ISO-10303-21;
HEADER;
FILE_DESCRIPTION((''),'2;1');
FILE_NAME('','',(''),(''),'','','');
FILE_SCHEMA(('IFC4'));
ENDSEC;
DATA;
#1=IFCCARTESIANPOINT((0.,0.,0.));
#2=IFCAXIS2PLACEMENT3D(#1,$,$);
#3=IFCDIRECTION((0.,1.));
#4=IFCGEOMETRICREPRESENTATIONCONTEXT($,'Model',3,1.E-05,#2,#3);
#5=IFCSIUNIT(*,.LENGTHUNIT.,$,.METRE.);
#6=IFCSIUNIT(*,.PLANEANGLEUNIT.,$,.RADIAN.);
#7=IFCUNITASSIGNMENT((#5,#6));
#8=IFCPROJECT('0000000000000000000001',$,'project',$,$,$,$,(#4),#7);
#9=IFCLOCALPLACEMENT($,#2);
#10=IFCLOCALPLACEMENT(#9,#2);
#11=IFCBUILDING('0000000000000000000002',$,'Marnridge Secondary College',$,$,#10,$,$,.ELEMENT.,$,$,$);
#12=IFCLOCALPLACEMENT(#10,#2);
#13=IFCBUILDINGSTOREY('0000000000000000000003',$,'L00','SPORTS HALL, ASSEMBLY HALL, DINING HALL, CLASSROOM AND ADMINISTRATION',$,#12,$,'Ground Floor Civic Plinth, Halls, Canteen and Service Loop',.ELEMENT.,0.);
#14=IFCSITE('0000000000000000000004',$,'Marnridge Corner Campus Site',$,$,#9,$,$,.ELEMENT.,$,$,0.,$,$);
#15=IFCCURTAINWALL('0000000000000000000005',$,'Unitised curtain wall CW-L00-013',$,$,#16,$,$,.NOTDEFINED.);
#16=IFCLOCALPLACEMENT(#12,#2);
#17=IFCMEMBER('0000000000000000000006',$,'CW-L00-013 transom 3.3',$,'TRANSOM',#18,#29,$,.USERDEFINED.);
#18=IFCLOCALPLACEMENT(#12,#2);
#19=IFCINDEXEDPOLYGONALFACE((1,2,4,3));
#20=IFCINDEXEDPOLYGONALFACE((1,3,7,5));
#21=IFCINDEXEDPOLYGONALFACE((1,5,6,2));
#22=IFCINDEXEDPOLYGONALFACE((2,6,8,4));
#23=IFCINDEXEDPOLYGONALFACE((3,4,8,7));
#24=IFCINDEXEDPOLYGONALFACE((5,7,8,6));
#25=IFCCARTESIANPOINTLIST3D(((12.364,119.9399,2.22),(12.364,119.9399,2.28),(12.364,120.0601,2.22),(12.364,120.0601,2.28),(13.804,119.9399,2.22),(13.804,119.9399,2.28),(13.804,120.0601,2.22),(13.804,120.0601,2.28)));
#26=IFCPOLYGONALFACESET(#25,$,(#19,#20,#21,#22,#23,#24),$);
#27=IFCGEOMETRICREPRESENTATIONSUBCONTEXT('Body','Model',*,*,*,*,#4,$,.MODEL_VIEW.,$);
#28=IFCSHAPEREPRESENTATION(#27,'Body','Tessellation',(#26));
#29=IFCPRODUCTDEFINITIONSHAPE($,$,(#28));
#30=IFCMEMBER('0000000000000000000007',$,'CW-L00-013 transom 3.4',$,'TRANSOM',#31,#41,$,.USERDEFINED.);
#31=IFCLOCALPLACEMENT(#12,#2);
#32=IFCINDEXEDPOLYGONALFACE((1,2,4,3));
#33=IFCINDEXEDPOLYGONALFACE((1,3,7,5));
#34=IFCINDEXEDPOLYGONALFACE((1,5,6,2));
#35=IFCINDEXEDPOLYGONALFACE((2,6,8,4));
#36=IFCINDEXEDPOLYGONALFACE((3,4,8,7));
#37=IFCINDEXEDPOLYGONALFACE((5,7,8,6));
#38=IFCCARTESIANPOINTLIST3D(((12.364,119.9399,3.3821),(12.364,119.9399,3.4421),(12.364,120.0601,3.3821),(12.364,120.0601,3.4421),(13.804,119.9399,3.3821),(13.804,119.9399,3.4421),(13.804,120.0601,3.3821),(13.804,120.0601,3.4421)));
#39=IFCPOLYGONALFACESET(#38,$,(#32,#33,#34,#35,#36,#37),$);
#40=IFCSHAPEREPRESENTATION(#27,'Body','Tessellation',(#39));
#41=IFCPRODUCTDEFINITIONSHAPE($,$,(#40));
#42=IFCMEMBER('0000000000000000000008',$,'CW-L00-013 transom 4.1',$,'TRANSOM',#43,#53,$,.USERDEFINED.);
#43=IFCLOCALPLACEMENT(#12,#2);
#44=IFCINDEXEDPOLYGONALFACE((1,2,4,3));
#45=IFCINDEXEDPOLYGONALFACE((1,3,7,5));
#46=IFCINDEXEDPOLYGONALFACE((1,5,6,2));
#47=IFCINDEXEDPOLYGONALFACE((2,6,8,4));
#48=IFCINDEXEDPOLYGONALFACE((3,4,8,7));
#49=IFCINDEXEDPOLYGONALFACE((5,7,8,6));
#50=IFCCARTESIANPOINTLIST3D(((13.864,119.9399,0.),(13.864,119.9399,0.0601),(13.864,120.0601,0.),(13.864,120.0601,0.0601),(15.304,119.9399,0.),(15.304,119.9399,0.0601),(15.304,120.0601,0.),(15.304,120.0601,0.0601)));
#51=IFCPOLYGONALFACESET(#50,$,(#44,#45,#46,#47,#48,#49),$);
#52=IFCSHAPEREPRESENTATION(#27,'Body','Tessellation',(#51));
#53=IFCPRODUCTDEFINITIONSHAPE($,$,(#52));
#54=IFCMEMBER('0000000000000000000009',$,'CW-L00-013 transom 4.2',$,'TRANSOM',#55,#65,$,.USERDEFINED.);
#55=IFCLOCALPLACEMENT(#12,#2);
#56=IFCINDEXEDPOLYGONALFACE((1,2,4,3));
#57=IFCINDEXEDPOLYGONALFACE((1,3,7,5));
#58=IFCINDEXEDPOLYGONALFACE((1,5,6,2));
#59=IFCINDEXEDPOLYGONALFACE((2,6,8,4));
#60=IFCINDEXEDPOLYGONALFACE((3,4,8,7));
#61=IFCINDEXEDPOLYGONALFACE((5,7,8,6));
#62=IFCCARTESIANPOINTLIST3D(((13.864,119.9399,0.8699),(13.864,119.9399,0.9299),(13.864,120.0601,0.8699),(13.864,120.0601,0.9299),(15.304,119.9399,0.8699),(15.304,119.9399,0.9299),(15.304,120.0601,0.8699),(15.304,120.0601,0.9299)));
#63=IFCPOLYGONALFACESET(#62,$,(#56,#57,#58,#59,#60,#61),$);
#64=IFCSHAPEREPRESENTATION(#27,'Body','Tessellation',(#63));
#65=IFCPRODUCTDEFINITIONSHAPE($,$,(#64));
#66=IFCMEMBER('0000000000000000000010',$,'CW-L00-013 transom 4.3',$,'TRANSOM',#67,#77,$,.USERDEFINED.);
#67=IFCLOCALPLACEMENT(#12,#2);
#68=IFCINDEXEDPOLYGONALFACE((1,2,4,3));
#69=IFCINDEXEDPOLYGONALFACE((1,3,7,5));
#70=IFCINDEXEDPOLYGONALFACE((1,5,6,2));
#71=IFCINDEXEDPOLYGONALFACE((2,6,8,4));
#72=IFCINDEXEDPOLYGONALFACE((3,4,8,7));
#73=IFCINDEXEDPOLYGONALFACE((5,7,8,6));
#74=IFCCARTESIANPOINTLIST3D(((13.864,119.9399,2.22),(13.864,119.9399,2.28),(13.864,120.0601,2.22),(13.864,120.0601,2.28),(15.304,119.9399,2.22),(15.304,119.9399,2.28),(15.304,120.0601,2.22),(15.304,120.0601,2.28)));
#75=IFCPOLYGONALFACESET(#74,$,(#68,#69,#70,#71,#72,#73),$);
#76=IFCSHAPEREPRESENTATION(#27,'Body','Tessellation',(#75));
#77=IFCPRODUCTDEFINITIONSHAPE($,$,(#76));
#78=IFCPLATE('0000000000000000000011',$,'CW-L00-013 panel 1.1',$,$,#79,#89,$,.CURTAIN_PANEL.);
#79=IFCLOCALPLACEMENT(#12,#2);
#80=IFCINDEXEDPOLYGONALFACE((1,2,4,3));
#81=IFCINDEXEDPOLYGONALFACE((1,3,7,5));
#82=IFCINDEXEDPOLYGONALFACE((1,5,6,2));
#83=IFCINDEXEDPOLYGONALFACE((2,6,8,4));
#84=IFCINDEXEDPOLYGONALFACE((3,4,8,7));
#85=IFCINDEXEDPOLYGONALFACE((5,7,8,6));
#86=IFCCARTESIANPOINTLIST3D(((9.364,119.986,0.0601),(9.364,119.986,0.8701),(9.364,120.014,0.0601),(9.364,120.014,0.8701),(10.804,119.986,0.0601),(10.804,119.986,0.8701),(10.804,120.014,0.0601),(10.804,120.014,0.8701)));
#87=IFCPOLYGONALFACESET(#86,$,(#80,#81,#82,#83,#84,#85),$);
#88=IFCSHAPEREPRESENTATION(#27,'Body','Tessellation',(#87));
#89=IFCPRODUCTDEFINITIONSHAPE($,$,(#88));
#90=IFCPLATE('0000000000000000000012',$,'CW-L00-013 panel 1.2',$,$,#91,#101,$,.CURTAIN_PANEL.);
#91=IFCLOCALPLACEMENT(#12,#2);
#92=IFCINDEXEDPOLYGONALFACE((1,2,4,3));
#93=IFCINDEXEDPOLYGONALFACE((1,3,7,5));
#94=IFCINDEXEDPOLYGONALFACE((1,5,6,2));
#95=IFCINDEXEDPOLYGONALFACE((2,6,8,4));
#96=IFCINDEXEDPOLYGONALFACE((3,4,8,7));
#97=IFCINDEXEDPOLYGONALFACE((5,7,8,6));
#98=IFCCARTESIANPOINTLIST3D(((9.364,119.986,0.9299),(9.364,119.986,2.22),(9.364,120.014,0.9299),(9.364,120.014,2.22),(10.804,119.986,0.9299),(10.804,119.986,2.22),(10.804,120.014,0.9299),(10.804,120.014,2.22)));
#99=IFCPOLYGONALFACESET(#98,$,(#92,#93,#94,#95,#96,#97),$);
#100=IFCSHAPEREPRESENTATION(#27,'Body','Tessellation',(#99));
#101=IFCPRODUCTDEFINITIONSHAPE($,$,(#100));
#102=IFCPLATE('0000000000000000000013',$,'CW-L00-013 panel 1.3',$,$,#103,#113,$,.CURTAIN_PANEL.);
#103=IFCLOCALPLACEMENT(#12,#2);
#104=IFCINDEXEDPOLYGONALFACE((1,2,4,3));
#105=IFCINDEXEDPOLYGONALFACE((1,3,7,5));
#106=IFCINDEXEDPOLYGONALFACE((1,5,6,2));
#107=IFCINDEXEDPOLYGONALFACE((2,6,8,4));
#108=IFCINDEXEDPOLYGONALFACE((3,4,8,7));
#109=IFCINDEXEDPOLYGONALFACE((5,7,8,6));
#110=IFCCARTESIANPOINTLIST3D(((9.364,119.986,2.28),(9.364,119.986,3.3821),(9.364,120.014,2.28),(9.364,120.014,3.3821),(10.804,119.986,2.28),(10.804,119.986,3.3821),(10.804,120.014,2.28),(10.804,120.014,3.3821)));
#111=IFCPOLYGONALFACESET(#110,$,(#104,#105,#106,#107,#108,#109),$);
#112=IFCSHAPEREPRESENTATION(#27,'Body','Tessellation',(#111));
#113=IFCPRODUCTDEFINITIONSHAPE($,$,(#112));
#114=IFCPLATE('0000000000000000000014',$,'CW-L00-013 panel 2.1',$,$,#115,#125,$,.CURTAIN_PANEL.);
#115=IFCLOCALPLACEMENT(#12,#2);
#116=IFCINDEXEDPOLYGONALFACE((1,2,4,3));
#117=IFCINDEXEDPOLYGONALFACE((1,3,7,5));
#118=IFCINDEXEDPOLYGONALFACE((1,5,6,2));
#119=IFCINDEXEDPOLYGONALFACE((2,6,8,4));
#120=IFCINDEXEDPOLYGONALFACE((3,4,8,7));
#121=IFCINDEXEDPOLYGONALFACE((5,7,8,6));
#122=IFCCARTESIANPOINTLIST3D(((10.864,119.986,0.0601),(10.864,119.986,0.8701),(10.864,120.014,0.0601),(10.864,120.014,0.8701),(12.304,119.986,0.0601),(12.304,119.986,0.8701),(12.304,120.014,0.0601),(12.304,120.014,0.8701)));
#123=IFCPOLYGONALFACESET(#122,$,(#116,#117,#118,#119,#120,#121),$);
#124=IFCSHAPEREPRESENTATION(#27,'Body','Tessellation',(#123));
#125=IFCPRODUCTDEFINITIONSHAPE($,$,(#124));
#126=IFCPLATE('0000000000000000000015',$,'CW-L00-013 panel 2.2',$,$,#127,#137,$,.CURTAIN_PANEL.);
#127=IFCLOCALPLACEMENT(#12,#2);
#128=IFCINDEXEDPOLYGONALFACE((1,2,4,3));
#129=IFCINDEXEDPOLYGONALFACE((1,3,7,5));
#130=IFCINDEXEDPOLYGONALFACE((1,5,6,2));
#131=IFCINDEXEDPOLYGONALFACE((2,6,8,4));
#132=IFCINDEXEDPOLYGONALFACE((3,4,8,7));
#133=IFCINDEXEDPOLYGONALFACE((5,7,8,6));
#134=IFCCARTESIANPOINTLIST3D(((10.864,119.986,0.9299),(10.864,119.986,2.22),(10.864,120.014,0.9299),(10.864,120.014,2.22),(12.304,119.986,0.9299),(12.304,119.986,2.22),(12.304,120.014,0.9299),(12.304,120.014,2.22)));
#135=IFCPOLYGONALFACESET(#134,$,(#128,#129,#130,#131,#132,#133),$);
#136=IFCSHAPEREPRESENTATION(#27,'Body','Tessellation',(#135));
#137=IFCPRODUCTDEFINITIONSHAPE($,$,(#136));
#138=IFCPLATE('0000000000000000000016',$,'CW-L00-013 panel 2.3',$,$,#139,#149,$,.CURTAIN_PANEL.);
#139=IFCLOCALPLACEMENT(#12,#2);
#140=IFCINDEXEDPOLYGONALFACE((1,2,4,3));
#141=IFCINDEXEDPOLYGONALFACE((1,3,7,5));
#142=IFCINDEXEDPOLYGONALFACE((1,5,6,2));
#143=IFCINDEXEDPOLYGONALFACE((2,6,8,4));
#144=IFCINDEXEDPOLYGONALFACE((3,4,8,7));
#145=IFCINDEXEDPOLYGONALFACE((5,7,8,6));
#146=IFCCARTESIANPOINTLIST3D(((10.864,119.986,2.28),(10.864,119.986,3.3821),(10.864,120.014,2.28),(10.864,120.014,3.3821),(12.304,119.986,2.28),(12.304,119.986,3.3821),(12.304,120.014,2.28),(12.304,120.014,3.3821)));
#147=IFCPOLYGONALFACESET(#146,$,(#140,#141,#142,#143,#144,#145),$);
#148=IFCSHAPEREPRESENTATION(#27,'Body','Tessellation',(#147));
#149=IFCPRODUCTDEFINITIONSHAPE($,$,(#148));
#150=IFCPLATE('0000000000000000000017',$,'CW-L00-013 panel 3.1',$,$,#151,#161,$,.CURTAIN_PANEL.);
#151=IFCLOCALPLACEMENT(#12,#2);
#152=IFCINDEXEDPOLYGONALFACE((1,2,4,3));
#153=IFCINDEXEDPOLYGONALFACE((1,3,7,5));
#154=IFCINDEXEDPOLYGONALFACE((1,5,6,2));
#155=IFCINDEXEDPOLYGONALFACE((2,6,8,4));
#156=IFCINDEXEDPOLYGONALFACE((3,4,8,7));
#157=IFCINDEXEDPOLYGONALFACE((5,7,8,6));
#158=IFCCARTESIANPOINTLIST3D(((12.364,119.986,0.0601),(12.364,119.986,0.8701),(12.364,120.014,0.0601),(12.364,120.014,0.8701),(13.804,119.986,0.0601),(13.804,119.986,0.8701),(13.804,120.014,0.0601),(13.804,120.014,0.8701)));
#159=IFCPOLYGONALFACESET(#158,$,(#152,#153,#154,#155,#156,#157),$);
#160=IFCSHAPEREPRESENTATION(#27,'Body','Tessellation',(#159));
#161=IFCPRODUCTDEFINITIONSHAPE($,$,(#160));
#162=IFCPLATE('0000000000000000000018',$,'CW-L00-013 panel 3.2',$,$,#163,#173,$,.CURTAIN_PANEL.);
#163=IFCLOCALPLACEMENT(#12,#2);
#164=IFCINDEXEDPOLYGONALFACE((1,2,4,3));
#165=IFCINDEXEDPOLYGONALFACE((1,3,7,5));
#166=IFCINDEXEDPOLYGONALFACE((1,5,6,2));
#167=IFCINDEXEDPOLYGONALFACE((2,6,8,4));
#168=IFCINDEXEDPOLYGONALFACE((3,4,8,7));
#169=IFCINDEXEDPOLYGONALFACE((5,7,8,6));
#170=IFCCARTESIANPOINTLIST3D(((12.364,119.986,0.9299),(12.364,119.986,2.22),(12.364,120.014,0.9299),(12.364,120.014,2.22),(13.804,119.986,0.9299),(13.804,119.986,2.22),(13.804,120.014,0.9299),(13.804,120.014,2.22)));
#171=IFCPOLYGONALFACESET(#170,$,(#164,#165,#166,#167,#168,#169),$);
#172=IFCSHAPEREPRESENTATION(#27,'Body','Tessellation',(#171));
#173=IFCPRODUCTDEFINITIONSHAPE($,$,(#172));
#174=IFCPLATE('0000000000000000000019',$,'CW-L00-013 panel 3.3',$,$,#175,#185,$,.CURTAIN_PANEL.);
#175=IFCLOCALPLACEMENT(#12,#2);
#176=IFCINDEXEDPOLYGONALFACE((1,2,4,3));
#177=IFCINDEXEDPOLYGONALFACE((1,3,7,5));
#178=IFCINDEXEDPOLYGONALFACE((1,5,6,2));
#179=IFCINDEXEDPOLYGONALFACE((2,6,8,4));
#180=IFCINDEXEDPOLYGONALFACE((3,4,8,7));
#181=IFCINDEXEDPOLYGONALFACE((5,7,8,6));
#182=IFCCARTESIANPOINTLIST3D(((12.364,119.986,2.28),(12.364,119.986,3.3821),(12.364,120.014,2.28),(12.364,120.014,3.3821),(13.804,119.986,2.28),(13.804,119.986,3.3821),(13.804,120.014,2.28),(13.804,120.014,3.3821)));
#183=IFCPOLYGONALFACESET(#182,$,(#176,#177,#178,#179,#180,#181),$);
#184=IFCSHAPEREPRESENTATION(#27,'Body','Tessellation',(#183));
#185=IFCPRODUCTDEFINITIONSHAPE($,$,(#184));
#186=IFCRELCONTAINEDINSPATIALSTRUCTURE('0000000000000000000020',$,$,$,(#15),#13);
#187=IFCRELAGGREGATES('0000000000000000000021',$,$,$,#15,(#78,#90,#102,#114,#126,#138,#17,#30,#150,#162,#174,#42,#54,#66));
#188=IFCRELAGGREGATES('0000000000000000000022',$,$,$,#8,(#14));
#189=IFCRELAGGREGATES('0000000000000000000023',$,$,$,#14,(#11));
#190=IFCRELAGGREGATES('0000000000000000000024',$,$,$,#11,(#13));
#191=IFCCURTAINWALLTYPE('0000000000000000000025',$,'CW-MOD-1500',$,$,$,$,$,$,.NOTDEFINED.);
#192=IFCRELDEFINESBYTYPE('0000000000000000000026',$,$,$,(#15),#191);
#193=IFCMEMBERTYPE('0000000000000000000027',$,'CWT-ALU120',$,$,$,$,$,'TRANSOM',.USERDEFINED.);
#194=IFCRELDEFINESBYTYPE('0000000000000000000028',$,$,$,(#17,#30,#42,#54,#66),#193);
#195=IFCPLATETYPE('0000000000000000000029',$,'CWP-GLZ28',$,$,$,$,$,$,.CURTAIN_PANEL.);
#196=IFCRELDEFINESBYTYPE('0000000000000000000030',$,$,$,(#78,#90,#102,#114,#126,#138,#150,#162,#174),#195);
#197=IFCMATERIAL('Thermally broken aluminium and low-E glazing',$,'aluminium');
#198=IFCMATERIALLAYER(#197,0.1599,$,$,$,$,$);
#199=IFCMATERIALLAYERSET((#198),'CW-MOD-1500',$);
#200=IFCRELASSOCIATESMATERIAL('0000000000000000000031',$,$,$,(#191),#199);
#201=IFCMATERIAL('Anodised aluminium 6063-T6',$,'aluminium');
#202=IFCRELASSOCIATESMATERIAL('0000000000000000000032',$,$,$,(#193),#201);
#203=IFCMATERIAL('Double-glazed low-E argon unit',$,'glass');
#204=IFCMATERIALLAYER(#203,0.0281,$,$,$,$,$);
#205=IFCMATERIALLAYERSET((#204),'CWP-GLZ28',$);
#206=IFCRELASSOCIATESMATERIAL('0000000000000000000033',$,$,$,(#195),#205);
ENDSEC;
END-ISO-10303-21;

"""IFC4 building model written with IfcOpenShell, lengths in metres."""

from ifc_helpers import new_model, si_unit, direction, frame, origin, origin_2d, place, context, subcontext, project, spatial, rectangle, extrude, material, layer, layer_set, material_profile, profile_set, type_object, element, aggregate, save


model = new_model("IFC4")

# Units and contexts
model_context = context("Model", 3, precision=1e-05, world=origin(), true_north=direction((0.0, 1.0)))
body_context = subcontext(model_context, "Body", "Model", "MODEL_VIEW")
ifc_project = project(units=[si_unit("LENGTHUNIT", "METRE"), si_unit("PLANEANGLEUNIT", "RADIAN")], contexts=[model_context])

# Site, building, storey
site_placement = place(None, origin())
site = spatial("IfcSite", under=ifc_project, at=site_placement, Name="Marnridge Corner Campus Site", CompositionType="ELEMENT", RefElevation=0.0)
building_placement = place(site_placement, origin())
building = spatial("IfcBuilding", under=site, at=building_placement, Name="Marnridge Secondary College", CompositionType="ELEMENT")
storey_placement = place(building_placement, origin())
storey = spatial("IfcBuildingStorey", under=building, at=storey_placement, Name="L00", Description="SPORTS HALL, ASSEMBLY HALL, DINING HALL, CLASSROOM AND ADMINISTRATION", LongName="Ground Floor Civic Plinth, Halls, Canteen and Service Loop", CompositionType="ELEMENT", Elevation=0.0)

# Curtain wall, members, plates
ifc_material_1 = material(Name="Thermally broken aluminium and low-E glazing", Category="aluminium")
ifc_layer_1 = layer(ifc_material_1, 0.1599)
ifc_layer_set_1 = layer_set([ifc_layer_1], Name="CW-MOD-1500")
curtain_wall_type = type_object("IfcCurtainWallType", Name="CW-MOD-1500", PredefinedType="NOTDEFINED", material=ifc_layer_set_1)
curtain_wall_placement = place(storey_placement, origin())
curtain_wall = element("IfcCurtainWall", 1, at=curtain_wall_placement, inside=storey, type_object=curtain_wall_type, Name="Unitised curtain wall CW-L00-013", PredefinedType="NOTDEFINED")
ifc_material_2 = material(Name="Anodised aluminium 6063-T6", Category="aluminium")
ifc_material_profile_1 = material_profile(ifc_material_2, rectangle(XDim=0.0601, YDim=0.1201, at=origin_2d()), Name="ALU 60x120")
ifc_profile_set_1 = profile_set([ifc_material_profile_1], Name="Anodised aluminium 6063-T6")
member_type_1 = type_object("IfcMemberType", Name="CWT-ALU120", ElementType="TRANSOM", PredefinedType="USERDEFINED", material=ifc_profile_set_1)
member_1_placement = place(storey_placement, frame((12.364, 120.0, 2.25), z_axis=(1.0, 0.0, 0.0), x_axis=(0.0, 0.0, 1.0)))
member_1 = element("IfcMember", 2, at=member_1_placement, type_object=member_type_1, Name="CW-L00-013 transom 3.3", ObjectType="TRANSOM", PredefinedType="USERDEFINED", context=body_context, shape_type="SweptSolid", body=[
    extrude(rectangle(XDim=0.0601, YDim=0.1201, at=origin_2d()), origin(), (0.0, 0.0, 1.0), 1.4399),
])
member_2_placement = place(storey_placement, frame((12.364, 120.0, 3.4121), z_axis=(1.0, 0.0, 0.0), x_axis=(0.0, 0.0, 1.0)))
member_2 = element("IfcMember", 3, at=member_2_placement, type_object=member_type_1, Name="CW-L00-013 transom 3.4", ObjectType="TRANSOM", PredefinedType="USERDEFINED", context=body_context, shape_type="SweptSolid", body=[
    extrude(rectangle(XDim=0.0601, YDim=0.1201, at=origin_2d()), origin(), (0.0, 0.0, 1.0), 1.4399),
])
member_3_placement = place(storey_placement, frame((13.864, 120.0, 0.03), z_axis=(1.0, 0.0, 0.0), x_axis=(0.0, 0.0, 1.0)))
member_3 = element("IfcMember", 4, at=member_3_placement, type_object=member_type_1, Name="CW-L00-013 transom 4.1", ObjectType="TRANSOM", PredefinedType="USERDEFINED", context=body_context, shape_type="SweptSolid", body=[
    extrude(rectangle(XDim=0.0601, YDim=0.1201, at=origin_2d()), origin(), (0.0, 0.0, 1.0), 1.4399),
])
member_4_placement = place(storey_placement, frame((13.864, 120.0, 0.8999), z_axis=(1.0, 0.0, 0.0), x_axis=(0.0, 0.0, 1.0)))
member_4 = element("IfcMember", 5, at=member_4_placement, type_object=member_type_1, Name="CW-L00-013 transom 4.2", ObjectType="TRANSOM", PredefinedType="USERDEFINED", context=body_context, shape_type="SweptSolid", body=[
    extrude(rectangle(XDim=0.0601, YDim=0.1201, at=origin_2d()), origin(), (0.0, 0.0, 1.0), 1.4399),
])
member_5_placement = place(storey_placement, frame((13.864, 120.0, 2.25), z_axis=(1.0, 0.0, 0.0), x_axis=(0.0, 0.0, 1.0)))
member_5 = element("IfcMember", 6, at=member_5_placement, type_object=member_type_1, Name="CW-L00-013 transom 4.3", ObjectType="TRANSOM", PredefinedType="USERDEFINED", context=body_context, shape_type="SweptSolid", body=[
    extrude(rectangle(XDim=0.0601, YDim=0.1201, at=origin_2d()), origin(), (0.0, 0.0, 1.0), 1.4399),
])
ifc_material_3 = material(Name="Double-glazed low-E argon unit", Category="glass")
ifc_layer_2 = layer(ifc_material_3, 0.0281)
ifc_layer_set_2 = layer_set([ifc_layer_2], Name="CWP-GLZ28")
plate_type = type_object("IfcPlateType", Name="CWP-GLZ28", PredefinedType="CURTAIN_PANEL", material=ifc_layer_set_2)
plate_1_placement = place(storey_placement, frame((10.084, 120.0, 0.0601), z_axis=(0.0, 0.0, 1.0), x_axis=(1.0, 0.0, 0.0)))
plate_1 = element("IfcPlate", 7, at=plate_1_placement, type_object=plate_type, Name="CW-L00-013 panel 1.1", PredefinedType="CURTAIN_PANEL", context=body_context, shape_type="SweptSolid", body=[
    extrude(rectangle(XDim=1.4399, YDim=0.0281, at=origin_2d()), origin(), (0.0, 0.0, 1.0), 0.8101),
])
plate_2_placement = place(storey_placement, frame((10.084, 120.0, 0.9299), z_axis=(0.0, 0.0, 1.0), x_axis=(1.0, 0.0, 0.0)))
plate_2 = element("IfcPlate", 8, at=plate_2_placement, type_object=plate_type, Name="CW-L00-013 panel 1.2", PredefinedType="CURTAIN_PANEL", context=body_context, shape_type="SweptSolid", body=[
    extrude(rectangle(XDim=1.4399, YDim=0.0281, at=origin_2d()), origin(), (0.0, 0.0, 1.0), 1.29),
])
plate_3_placement = place(storey_placement, frame((10.084, 120.0, 2.28), z_axis=(0.0, 0.0, 1.0), x_axis=(1.0, 0.0, 0.0)))
plate_3 = element("IfcPlate", 9, at=plate_3_placement, type_object=plate_type, Name="CW-L00-013 panel 1.3", PredefinedType="CURTAIN_PANEL", context=body_context, shape_type="SweptSolid", body=[
    extrude(rectangle(XDim=1.4399, YDim=0.0281, at=origin_2d()), origin(), (0.0, 0.0, 1.0), 1.1021),
])
plate_4_placement = place(storey_placement, frame((11.584, 120.0, 0.0601), z_axis=(0.0, 0.0, 1.0), x_axis=(1.0, 0.0, 0.0)))
plate_4 = element("IfcPlate", 10, at=plate_4_placement, type_object=plate_type, Name="CW-L00-013 panel 2.1", PredefinedType="CURTAIN_PANEL", context=body_context, shape_type="SweptSolid", body=[
    extrude(rectangle(XDim=1.4399, YDim=0.0281, at=origin_2d()), origin(), (0.0, 0.0, 1.0), 0.8101),
])
plate_5_placement = place(storey_placement, frame((11.584, 120.0, 0.9299), z_axis=(0.0, 0.0, 1.0), x_axis=(1.0, 0.0, 0.0)))
plate_5 = element("IfcPlate", 11, at=plate_5_placement, type_object=plate_type, Name="CW-L00-013 panel 2.2", PredefinedType="CURTAIN_PANEL", context=body_context, shape_type="SweptSolid", body=[
    extrude(rectangle(XDim=1.4399, YDim=0.0281, at=origin_2d()), origin(), (0.0, 0.0, 1.0), 1.29),
])
plate_6_placement = place(storey_placement, frame((11.584, 120.0, 2.28), z_axis=(0.0, 0.0, 1.0), x_axis=(1.0, 0.0, 0.0)))
plate_6 = element("IfcPlate", 12, at=plate_6_placement, type_object=plate_type, Name="CW-L00-013 panel 2.3", PredefinedType="CURTAIN_PANEL", context=body_context, shape_type="SweptSolid", body=[
    extrude(rectangle(XDim=1.4399, YDim=0.0281, at=origin_2d()), origin(), (0.0, 0.0, 1.0), 1.1021),
])
plate_7_placement = place(storey_placement, frame((13.084, 120.0, 0.0601), z_axis=(0.0, 0.0, 1.0), x_axis=(1.0, 0.0, 0.0)))
plate_7 = element("IfcPlate", 13, at=plate_7_placement, type_object=plate_type, Name="CW-L00-013 panel 3.1", PredefinedType="CURTAIN_PANEL", context=body_context, shape_type="SweptSolid", body=[
    extrude(rectangle(XDim=1.4399, YDim=0.0281, at=origin_2d()), origin(), (0.0, 0.0, 1.0), 0.8101),
])
plate_8_placement = place(storey_placement, frame((13.084, 120.0, 0.9299), z_axis=(0.0, 0.0, 1.0), x_axis=(1.0, 0.0, 0.0)))
plate_8 = element("IfcPlate", 14, at=plate_8_placement, type_object=plate_type, Name="CW-L00-013 panel 3.2", PredefinedType="CURTAIN_PANEL", context=body_context, shape_type="SweptSolid", body=[
    extrude(rectangle(XDim=1.4399, YDim=0.0281, at=origin_2d()), origin(), (0.0, 0.0, 1.0), 1.29),
])
plate_9_placement = place(storey_placement, frame((13.084, 120.0, 2.28), z_axis=(0.0, 0.0, 1.0), x_axis=(1.0, 0.0, 0.0)))
plate_9 = element("IfcPlate", 15, at=plate_9_placement, type_object=plate_type, Name="CW-L00-013 panel 3.3", PredefinedType="CURTAIN_PANEL", context=body_context, shape_type="SweptSolid", body=[
    extrude(rectangle(XDim=1.4399, YDim=0.0281, at=origin_2d()), origin(), (0.0, 0.0, 1.0), 1.1021),
])
aggregate(curtain_wall, [plate_1, plate_2, plate_3, plate_4, plate_5, plate_6, member_1, member_2, plate_7, plate_8, plate_9, member_3, member_4, member_5])

save(model, "model.ifc")
